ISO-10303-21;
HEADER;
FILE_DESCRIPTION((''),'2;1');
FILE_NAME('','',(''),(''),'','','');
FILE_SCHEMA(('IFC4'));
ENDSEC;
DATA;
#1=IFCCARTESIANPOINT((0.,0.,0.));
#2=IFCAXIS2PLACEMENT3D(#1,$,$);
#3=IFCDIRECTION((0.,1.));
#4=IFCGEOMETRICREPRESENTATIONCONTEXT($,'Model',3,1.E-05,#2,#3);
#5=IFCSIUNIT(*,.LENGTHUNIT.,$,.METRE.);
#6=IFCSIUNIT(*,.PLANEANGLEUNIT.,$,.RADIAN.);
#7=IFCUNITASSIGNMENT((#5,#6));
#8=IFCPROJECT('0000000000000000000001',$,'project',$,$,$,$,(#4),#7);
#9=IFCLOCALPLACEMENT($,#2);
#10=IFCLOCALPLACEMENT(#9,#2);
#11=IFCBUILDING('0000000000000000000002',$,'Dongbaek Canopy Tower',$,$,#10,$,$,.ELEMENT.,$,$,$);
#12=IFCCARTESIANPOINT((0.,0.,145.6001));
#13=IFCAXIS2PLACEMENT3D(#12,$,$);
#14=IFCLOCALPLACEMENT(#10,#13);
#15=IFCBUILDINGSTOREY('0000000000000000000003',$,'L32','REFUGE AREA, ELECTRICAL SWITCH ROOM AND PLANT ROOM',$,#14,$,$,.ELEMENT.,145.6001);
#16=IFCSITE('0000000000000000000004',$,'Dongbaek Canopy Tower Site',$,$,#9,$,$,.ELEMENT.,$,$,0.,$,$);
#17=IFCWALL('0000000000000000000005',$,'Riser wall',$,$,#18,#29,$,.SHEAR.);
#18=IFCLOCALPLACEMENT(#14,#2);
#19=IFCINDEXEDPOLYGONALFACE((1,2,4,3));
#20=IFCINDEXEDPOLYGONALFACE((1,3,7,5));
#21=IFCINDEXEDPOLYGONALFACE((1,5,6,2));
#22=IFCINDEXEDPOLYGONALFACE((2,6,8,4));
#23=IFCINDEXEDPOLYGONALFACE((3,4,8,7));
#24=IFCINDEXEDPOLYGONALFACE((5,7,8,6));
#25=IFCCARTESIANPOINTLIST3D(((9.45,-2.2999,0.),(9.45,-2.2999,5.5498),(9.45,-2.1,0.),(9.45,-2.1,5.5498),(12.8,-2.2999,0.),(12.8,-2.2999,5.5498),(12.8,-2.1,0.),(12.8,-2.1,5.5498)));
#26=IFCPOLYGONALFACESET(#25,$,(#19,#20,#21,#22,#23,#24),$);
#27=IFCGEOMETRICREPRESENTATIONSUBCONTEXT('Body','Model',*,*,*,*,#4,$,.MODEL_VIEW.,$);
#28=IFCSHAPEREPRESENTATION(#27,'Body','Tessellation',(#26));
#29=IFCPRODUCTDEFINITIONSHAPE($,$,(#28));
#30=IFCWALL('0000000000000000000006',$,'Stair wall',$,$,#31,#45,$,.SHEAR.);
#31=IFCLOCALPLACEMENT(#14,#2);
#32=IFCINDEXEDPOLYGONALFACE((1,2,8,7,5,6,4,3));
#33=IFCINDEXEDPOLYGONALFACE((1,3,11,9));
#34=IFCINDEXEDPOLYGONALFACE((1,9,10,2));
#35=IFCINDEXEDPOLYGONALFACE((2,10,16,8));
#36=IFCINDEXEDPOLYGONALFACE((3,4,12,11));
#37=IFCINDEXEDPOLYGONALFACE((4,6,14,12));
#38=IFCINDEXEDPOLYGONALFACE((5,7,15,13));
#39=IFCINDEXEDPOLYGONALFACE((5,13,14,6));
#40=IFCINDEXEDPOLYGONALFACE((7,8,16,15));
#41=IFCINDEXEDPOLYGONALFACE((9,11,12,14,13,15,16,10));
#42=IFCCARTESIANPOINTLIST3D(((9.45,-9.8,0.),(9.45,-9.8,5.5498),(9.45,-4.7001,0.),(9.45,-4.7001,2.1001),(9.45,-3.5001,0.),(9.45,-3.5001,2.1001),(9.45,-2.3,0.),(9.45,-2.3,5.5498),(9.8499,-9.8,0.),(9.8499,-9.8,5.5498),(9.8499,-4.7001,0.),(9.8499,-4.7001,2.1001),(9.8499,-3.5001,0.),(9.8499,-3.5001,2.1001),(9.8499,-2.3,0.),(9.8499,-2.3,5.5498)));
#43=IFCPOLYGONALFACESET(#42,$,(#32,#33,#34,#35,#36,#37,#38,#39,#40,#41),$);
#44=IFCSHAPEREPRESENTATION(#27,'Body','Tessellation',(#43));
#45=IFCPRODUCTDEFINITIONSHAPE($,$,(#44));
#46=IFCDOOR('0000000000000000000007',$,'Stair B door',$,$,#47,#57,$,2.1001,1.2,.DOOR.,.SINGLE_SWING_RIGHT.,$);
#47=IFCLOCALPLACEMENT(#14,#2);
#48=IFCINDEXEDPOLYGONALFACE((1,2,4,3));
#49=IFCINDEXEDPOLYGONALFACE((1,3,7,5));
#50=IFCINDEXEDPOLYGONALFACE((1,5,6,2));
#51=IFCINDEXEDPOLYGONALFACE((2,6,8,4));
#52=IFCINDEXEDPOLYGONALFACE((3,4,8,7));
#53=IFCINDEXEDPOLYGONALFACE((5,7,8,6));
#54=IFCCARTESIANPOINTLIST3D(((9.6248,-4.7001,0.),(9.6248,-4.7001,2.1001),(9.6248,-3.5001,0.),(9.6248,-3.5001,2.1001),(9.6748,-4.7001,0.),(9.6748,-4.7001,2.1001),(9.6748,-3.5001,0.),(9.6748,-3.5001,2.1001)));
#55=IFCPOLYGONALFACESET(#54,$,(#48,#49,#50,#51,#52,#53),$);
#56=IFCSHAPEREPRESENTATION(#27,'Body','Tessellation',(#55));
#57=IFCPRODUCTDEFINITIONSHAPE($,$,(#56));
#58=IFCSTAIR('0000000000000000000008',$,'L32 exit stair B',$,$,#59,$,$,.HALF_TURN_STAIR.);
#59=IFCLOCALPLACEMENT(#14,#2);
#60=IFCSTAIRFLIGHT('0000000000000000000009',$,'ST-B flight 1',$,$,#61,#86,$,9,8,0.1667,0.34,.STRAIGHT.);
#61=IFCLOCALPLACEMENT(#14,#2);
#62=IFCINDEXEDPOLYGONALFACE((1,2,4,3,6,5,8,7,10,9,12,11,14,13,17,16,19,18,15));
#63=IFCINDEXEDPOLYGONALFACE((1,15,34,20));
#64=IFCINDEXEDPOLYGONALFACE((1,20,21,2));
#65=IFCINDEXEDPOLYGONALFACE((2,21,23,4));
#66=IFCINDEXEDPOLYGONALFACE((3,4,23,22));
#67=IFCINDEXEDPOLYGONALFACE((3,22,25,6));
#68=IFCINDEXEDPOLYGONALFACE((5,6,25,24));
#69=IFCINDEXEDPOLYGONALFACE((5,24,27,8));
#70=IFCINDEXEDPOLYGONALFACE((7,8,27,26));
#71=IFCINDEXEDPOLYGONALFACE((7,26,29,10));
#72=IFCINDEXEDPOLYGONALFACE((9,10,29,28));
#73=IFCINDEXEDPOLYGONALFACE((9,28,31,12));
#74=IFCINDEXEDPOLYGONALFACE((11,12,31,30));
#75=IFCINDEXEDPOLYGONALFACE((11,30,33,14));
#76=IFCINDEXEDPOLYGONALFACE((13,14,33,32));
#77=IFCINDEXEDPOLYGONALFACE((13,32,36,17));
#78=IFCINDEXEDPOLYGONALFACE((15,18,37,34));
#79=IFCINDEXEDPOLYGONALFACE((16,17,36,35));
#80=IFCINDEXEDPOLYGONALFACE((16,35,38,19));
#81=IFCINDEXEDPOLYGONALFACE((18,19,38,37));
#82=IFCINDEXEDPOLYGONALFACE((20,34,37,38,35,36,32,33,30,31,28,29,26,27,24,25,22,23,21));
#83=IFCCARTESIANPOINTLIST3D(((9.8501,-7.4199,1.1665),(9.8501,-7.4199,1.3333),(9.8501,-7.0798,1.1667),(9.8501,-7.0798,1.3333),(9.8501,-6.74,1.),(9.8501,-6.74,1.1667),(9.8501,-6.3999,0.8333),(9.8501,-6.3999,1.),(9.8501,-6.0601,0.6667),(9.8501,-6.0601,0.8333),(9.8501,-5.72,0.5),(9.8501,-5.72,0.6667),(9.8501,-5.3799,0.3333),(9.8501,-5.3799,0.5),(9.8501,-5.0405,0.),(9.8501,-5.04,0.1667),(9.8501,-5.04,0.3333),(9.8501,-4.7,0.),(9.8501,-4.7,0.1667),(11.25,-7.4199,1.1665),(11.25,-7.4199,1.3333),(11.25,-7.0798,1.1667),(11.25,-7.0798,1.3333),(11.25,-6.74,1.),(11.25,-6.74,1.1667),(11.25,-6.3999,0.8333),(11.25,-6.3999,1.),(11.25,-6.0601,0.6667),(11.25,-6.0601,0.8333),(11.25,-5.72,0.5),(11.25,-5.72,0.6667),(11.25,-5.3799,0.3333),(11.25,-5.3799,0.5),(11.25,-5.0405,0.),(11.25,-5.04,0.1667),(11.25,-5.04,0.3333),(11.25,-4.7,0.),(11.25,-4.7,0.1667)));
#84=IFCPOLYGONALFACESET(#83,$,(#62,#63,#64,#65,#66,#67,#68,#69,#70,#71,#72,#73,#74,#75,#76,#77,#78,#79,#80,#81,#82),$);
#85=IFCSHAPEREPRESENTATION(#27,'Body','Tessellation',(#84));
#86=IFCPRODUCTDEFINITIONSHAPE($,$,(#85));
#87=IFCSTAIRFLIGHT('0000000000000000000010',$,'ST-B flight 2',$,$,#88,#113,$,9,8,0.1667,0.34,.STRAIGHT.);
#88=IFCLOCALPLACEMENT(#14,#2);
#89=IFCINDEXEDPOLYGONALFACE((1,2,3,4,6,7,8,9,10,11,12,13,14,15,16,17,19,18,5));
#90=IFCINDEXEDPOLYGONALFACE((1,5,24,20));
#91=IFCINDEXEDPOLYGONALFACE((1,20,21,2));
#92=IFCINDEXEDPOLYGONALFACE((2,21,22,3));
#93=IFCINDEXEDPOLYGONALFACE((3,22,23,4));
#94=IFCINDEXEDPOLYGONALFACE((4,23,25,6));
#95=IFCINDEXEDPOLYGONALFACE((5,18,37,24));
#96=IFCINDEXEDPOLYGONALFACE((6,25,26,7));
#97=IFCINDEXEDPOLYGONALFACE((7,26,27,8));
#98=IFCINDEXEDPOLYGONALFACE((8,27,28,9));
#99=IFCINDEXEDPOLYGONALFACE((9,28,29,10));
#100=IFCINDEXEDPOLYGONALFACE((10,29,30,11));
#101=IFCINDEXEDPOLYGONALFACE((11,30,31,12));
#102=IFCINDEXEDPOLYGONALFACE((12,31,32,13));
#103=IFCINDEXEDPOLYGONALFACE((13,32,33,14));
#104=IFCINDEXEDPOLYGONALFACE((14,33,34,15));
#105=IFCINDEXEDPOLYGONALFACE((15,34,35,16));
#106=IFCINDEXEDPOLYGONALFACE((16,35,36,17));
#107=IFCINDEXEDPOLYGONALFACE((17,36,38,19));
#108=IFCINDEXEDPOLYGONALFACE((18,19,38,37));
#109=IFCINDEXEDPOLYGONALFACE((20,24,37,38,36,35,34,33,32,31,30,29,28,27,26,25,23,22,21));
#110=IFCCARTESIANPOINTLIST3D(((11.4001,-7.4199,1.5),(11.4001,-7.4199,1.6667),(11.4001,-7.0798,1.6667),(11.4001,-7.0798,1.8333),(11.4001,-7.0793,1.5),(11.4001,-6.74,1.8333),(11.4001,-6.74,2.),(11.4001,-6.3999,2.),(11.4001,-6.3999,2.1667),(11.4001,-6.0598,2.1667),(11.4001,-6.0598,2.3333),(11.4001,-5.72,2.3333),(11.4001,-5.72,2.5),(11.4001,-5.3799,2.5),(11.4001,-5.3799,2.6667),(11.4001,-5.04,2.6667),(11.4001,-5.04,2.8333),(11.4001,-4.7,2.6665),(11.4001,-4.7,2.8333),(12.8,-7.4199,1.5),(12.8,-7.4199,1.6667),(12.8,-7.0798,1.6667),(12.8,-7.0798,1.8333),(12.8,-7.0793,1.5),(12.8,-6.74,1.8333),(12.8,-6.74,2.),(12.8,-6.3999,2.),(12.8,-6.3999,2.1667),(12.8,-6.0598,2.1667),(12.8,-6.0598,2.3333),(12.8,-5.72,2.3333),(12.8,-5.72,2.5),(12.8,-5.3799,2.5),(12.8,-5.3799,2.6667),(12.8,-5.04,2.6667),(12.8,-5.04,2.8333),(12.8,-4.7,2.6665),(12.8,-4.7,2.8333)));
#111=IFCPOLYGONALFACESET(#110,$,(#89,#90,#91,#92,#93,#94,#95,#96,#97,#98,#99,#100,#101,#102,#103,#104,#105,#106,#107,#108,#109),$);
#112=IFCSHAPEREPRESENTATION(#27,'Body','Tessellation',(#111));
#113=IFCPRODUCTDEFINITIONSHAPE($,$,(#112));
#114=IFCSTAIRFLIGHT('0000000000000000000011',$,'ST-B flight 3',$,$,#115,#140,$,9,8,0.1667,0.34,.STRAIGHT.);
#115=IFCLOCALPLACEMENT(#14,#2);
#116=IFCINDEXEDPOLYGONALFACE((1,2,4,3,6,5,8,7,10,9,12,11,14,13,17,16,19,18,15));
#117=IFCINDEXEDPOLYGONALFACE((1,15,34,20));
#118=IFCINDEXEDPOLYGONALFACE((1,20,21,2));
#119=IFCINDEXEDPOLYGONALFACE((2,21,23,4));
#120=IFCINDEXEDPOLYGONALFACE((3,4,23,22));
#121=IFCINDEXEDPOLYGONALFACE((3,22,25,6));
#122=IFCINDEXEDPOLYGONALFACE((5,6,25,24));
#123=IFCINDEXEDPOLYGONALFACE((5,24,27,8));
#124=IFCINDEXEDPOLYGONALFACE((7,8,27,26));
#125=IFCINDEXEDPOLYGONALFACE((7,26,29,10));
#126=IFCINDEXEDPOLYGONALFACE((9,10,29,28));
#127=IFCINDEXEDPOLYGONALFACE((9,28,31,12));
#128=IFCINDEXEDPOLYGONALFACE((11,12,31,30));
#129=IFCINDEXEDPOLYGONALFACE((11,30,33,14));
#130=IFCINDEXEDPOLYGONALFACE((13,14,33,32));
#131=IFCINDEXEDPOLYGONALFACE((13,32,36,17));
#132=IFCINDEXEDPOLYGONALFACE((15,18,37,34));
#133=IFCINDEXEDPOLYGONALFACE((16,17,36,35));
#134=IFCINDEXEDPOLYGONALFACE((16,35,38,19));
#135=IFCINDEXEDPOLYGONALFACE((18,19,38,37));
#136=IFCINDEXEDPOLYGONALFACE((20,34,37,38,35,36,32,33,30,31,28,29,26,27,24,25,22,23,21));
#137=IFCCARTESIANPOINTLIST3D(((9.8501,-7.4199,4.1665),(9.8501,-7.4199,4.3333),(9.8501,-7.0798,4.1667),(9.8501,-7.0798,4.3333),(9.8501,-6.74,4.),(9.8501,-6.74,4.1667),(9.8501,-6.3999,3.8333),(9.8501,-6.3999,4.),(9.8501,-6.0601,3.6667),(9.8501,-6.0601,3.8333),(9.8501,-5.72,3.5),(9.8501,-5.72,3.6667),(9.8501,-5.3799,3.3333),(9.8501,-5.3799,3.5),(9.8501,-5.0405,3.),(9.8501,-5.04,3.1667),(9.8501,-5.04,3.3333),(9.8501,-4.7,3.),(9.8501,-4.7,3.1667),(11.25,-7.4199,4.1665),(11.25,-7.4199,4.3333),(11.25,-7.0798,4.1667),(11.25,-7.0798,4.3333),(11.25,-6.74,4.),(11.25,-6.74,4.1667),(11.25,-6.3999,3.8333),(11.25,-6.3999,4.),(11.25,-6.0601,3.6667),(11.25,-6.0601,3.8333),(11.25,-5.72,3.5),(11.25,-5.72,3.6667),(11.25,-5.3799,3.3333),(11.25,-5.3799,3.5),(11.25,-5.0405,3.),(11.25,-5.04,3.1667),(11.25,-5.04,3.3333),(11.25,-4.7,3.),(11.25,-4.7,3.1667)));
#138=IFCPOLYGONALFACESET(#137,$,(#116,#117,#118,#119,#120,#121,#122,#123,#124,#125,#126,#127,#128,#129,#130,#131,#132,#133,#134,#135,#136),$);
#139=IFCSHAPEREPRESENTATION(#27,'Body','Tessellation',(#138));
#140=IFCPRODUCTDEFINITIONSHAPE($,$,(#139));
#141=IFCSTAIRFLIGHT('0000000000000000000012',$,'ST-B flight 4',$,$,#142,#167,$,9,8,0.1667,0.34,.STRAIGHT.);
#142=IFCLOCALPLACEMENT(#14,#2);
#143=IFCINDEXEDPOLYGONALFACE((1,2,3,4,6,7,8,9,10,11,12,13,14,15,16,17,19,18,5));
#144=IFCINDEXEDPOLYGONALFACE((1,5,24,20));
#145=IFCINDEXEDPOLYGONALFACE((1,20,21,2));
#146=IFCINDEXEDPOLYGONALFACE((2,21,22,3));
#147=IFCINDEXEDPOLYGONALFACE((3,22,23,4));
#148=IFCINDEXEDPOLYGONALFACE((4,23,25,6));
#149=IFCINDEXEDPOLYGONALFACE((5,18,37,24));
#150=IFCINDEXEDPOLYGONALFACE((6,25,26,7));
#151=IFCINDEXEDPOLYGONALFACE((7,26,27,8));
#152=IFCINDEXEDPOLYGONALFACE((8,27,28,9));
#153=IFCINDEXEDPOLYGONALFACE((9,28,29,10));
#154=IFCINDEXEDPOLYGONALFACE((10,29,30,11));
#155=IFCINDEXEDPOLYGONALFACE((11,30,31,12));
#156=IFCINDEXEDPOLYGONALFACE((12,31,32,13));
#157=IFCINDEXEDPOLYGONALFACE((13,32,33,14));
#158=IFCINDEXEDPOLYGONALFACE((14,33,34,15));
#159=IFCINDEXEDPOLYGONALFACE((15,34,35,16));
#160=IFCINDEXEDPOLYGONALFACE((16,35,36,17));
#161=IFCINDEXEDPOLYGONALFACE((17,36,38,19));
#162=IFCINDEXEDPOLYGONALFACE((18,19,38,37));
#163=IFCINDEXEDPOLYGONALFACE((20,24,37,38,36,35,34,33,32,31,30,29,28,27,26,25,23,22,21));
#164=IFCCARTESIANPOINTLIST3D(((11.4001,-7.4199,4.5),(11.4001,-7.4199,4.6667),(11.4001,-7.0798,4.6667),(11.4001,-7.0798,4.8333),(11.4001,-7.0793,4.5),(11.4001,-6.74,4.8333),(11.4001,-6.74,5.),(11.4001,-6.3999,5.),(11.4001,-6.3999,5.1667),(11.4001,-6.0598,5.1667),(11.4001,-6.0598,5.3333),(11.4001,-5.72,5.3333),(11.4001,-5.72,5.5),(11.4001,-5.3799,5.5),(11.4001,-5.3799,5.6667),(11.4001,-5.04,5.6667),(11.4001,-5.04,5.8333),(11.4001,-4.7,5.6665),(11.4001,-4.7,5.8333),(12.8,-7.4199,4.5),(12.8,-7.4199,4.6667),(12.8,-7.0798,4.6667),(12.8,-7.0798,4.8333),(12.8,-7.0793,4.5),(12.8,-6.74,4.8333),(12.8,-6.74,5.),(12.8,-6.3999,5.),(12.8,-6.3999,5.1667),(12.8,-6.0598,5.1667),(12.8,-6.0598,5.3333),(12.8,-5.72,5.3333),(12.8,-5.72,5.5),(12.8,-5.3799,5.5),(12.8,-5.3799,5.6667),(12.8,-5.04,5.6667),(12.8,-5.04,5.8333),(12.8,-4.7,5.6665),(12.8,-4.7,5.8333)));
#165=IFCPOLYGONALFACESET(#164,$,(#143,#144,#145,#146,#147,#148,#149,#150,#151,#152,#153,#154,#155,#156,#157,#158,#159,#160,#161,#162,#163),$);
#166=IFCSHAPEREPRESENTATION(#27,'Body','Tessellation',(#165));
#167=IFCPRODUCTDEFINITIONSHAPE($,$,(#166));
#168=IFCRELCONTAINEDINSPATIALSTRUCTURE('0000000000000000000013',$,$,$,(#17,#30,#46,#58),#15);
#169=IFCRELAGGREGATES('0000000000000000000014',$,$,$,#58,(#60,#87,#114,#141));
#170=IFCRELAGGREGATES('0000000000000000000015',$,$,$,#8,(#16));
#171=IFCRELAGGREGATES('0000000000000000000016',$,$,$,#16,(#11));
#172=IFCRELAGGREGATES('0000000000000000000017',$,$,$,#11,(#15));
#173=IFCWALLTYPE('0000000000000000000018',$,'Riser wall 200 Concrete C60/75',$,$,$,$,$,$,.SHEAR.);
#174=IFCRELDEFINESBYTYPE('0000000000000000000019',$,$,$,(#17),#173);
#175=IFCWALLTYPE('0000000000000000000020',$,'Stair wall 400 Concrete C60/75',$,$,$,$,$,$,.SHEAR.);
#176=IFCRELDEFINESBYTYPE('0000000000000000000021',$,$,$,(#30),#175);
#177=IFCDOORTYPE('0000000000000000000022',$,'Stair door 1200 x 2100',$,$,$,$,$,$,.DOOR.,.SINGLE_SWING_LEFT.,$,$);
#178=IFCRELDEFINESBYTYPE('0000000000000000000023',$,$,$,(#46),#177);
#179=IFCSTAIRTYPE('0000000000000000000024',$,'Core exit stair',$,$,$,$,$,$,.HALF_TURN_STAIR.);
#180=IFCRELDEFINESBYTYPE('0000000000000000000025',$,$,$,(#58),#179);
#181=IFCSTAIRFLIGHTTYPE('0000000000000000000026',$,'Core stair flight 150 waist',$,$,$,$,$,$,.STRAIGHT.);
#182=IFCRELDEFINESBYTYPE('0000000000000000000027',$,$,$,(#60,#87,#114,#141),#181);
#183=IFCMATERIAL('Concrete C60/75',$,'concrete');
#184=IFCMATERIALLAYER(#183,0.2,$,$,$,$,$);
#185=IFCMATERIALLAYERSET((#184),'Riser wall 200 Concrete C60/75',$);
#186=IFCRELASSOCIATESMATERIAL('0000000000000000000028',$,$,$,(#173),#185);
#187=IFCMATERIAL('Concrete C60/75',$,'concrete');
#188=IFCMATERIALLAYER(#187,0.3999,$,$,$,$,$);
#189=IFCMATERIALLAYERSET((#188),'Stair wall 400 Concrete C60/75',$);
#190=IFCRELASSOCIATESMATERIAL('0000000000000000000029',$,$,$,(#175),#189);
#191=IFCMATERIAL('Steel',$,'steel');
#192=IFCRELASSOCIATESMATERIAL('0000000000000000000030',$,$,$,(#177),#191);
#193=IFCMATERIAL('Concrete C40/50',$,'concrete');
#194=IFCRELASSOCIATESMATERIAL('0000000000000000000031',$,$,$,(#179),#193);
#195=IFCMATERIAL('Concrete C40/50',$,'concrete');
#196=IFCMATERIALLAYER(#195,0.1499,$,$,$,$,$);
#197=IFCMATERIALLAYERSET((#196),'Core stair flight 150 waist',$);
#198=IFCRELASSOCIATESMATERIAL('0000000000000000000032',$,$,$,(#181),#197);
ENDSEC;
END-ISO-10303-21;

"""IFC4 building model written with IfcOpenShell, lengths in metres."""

from ifc_helpers import new_model, si_unit, direction, frame, frame_2d, origin, place, context, subcontext, project, spatial, polyline, rectangle, outline, extrude, material, layer, layer_set, type_object, element, fill, aggregate, save


model = new_model("IFC4")

# Units and contexts
model_context = context("Model", 3, precision=1e-05, world=origin(), true_north=direction((0.0, 1.0)))
body_context = subcontext(model_context, "Body", "Model", "MODEL_VIEW")
ifc_project = project(units=[si_unit("LENGTHUNIT", "METRE"), si_unit("PLANEANGLEUNIT", "RADIAN")], contexts=[model_context])

# Site, building, storey
site_placement = place(None, origin())
site = spatial("IfcSite", under=ifc_project, at=site_placement, Name="Dongbaek Canopy Tower Site", CompositionType="ELEMENT", RefElevation=0.0)
building_placement = place(site_placement, origin())
building = spatial("IfcBuilding", under=site, at=building_placement, Name="Dongbaek Canopy Tower", CompositionType="ELEMENT")
storey_placement = place(building_placement, frame((0.0, 0.0, 145.6001)))
storey = spatial("IfcBuildingStorey", under=building, at=storey_placement, Name="L32", Description="REFUGE AREA, ELECTRICAL SWITCH ROOM AND PLANT ROOM", CompositionType="ELEMENT", Elevation=145.6001)

# Wall
ifc_material_1 = material(Name="Concrete C60/75", Category="concrete")
ifc_layer_1 = layer(ifc_material_1, 0.2)
ifc_layer_set_1 = layer_set([ifc_layer_1], Name="Riser wall 200 Concrete C60/75")
wall_type_1 = type_object("IfcWallType", Name="Riser wall 200 Concrete C60/75", PredefinedType="SHEAR", material=ifc_layer_set_1)
wall_1_placement = place(storey_placement, frame((9.45, -2.2, 0.0), z_axis=(0.0, 0.0, 1.0), x_axis=(1.0, 0.0, 0.0)))
element("IfcWall", 1, at=wall_1_placement, inside=storey, type_object=wall_type_1, Name="Riser wall", PredefinedType="SHEAR", context=body_context, shape_type="SweptSolid", body=[
    extrude(rectangle(XDim=3.3501, YDim=0.2, at=frame_2d((1.675, 0.0))), origin(), (0.0, 0.0, 1.0), 5.5498),
])

# Wall, opening, door
ifc_material_2 = material(Name="Concrete C60/75", Category="concrete")
ifc_layer_2 = layer(ifc_material_2, 0.3999)
ifc_layer_set_2 = layer_set([ifc_layer_2], Name="Stair wall 400 Concrete C60/75")
wall_type_2 = type_object("IfcWallType", Name="Stair wall 400 Concrete C60/75", PredefinedType="SHEAR", material=ifc_layer_set_2)
wall_2_placement = place(storey_placement, frame((9.6499, -2.3, 0.0), z_axis=(0.0, 0.0, 1.0), x_axis=(0.0, -1.0, 0.0)))
wall_2 = element("IfcWall", 2, at=wall_2_placement, inside=storey, type_object=wall_type_2, Name="Stair wall", PredefinedType="SHEAR", context=body_context, shape_type="SweptSolid", body=[
    extrude(rectangle(XDim=7.5, YDim=0.3999, at=frame_2d((3.75, 0.0))), origin(), (0.0, 0.0, 1.0), 5.5498),
])
opening_placement = place(wall_2_placement, frame((1.2, 0.0, 0.0)))
opening = element("IfcOpeningElement", 3, at=opening_placement, cuts=wall_2, PredefinedType="OPENING", context=body_context, shape_type="SweptSolid", body=[
    extrude(rectangle(XDim=1.2, YDim=2.1001, at=frame_2d((0.6001, 1.05))), frame((0.0, 0.21, 0.0), z_axis=(0.0, -1.0, 0.0), x_axis=(1.0, 0.0, 0.0)), (0.0, 0.0, 1.0), 0.4199),
])
ifc_material_3 = material(Name="Steel", Category="steel")
door_type = type_object("IfcDoorType", Name="Stair door 1200 x 2100", OperationType="SINGLE_SWING_LEFT", PredefinedType="DOOR", material=ifc_material_3)
door_placement = place(opening_placement, origin())
door = element("IfcDoor", 4, at=door_placement, inside=storey, type_object=door_type, Name="Stair B door", OperationType="SINGLE_SWING_RIGHT", OverallHeight=2.1001, OverallWidth=1.2, PredefinedType="DOOR", context=body_context, shape_type="SweptSolid", body=[
    extrude(rectangle(XDim=1.2, YDim=2.1001, at=frame_2d((0.6001, 1.05))), frame((0.0, 0.0249, 0.0), z_axis=(0.0, -1.0, 0.0), x_axis=(1.0, 0.0, 0.0)), (0.0, 0.0, 1.0), 0.05),
])
fill(opening, door)

# Stair, stair flights
ifc_material_4 = material(Name="Concrete C40/50", Category="concrete")
stair_type = type_object("IfcStairType", Name="Core exit stair", PredefinedType="HALF_TURN_STAIR", material=ifc_material_4)
stair_placement = place(storey_placement, origin())
stair = element("IfcStair", 5, at=stair_placement, inside=storey, type_object=stair_type, Name="L32 exit stair B", PredefinedType="HALF_TURN_STAIR")
ifc_material_5 = material(Name="Concrete C40/50", Category="concrete")
ifc_layer_3 = layer(ifc_material_5, 0.1499)
ifc_layer_set_3 = layer_set([ifc_layer_3], Name="Core stair flight 150 waist")
stair_flight_type = type_object("IfcStairFlightType", Name="Core stair flight 150 waist", PredefinedType="STRAIGHT", material=ifc_layer_set_3)
stair_flight_1_placement = place(storey_placement, frame((10.55, -4.7, 0.0), z_axis=(0.0, 0.0, 1.0), x_axis=(0.0, -1.0, 0.0)))
stair_flight_1 = element("IfcStairFlight", 6, at=stair_flight_1_placement, type_object=stair_flight_type, Name="ST-B flight 1", NumberOfRisers=9, NumberOfTreads=8, PredefinedType="STRAIGHT", RiserHeight=0.1667, TreadLength=0.34, context=body_context, shape_type="SweptSolid", body=[
    extrude(outline(polyline([(0.0, 0.0), (0.0, 0.1667), (0.3401, 0.1667), (0.3401, 0.3333), (0.6799, 0.3333), (0.6799, 0.5), (1.02, 0.5), (1.02, 0.6667), (1.3601, 0.6667), (1.3601, 0.8333), (1.7, 0.8333), (1.7, 1.0), (2.04, 1.0), (2.04, 1.1667), (2.3799, 1.1667), (2.3799, 1.3333), (2.72, 1.3333), (2.72, 1.5), (2.72, 1.1665), (0.3406, 0.0), (0.0, 0.0)])), frame((0.0, 0.7, 0.0), z_axis=(0.0, -1.0, 0.0), x_axis=(1.0, 0.0, 0.0)), (0.0, 0.0, 1.0), 1.3999),
])
stair_flight_2_placement = place(storey_placement, frame((12.1001, -7.4199, 1.5), z_axis=(0.0, 0.0, 1.0), x_axis=(0.0, 1.0, 0.0)))
stair_flight_2 = element("IfcStairFlight", 7, at=stair_flight_2_placement, type_object=stair_flight_type, Name="ST-B flight 2", NumberOfRisers=9, NumberOfTreads=8, PredefinedType="STRAIGHT", RiserHeight=0.1667, TreadLength=0.34, context=body_context, shape_type="SweptSolid", body=[
    extrude(outline(polyline([(0.0, 0.0), (0.0, 0.1667), (0.3401, 0.1667), (0.3401, 0.3333), (0.6799, 0.3333), (0.6799, 0.5), (1.02, 0.5), (1.02, 0.6667), (1.3601, 0.6667), (1.3601, 0.8333), (1.7, 0.8333), (1.7, 1.0), (2.04, 1.0), (2.04, 1.1667), (2.3799, 1.1667), (2.3799, 1.3333), (2.72, 1.3333), (2.72, 1.5), (2.72, 1.1665), (0.3406, 0.0), (0.0, 0.0)])), frame((0.0, 0.7, 0.0), z_axis=(0.0, -1.0, 0.0), x_axis=(1.0, 0.0, 0.0)), (0.0, 0.0, 1.0), 1.3999),
])
stair_flight_3_placement = place(storey_placement, frame((10.55, -4.7, 3.0), z_axis=(0.0, 0.0, 1.0), x_axis=(0.0, -1.0, 0.0)))
stair_flight_3 = element("IfcStairFlight", 8, at=stair_flight_3_placement, type_object=stair_flight_type, Name="ST-B flight 3", NumberOfRisers=9, NumberOfTreads=8, PredefinedType="STRAIGHT", RiserHeight=0.1667, TreadLength=0.34, context=body_context, shape_type="SweptSolid", body=[
    extrude(outline(polyline([(0.0, 0.0), (0.0, 0.1667), (0.3401, 0.1667), (0.3401, 0.3333), (0.6799, 0.3333), (0.6799, 0.5), (1.02, 0.5), (1.02, 0.6667), (1.3601, 0.6667), (1.3601, 0.8333), (1.7, 0.8333), (1.7, 1.0), (2.04, 1.0), (2.04, 1.1667), (2.3799, 1.1667), (2.3799, 1.3333), (2.72, 1.3333), (2.72, 1.5), (2.72, 1.1665), (0.3406, 0.0), (0.0, 0.0)])), frame((0.0, 0.7, 0.0), z_axis=(0.0, -1.0, 0.0), x_axis=(1.0, 0.0, 0.0)), (0.0, 0.0, 1.0), 1.3999),
])
stair_flight_4_placement = place(storey_placement, frame((12.1001, -7.4199, 4.5), z_axis=(0.0, 0.0, 1.0), x_axis=(0.0, 1.0, 0.0)))
stair_flight_4 = element("IfcStairFlight", 9, at=stair_flight_4_placement, type_object=stair_flight_type, Name="ST-B flight 4", NumberOfRisers=9, NumberOfTreads=8, PredefinedType="STRAIGHT", RiserHeight=0.1667, TreadLength=0.34, context=body_context, shape_type="SweptSolid", body=[
    extrude(outline(polyline([(0.0, 0.0), (0.0, 0.1667), (0.3401, 0.1667), (0.3401, 0.3333), (0.6799, 0.3333), (0.6799, 0.5), (1.02, 0.5), (1.02, 0.6667), (1.3601, 0.6667), (1.3601, 0.8333), (1.7, 0.8333), (1.7, 1.0), (2.04, 1.0), (2.04, 1.1667), (2.3799, 1.1667), (2.3799, 1.3333), (2.72, 1.3333), (2.72, 1.5), (2.72, 1.1665), (0.3406, 0.0), (0.0, 0.0)])), frame((0.0, 0.7, 0.0), z_axis=(0.0, -1.0, 0.0), x_axis=(1.0, 0.0, 0.0)), (0.0, 0.0, 1.0), 1.3999),
])
aggregate(stair, [stair_flight_1, stair_flight_2, stair_flight_3, stair_flight_4])

save(model, "model.ifc")
